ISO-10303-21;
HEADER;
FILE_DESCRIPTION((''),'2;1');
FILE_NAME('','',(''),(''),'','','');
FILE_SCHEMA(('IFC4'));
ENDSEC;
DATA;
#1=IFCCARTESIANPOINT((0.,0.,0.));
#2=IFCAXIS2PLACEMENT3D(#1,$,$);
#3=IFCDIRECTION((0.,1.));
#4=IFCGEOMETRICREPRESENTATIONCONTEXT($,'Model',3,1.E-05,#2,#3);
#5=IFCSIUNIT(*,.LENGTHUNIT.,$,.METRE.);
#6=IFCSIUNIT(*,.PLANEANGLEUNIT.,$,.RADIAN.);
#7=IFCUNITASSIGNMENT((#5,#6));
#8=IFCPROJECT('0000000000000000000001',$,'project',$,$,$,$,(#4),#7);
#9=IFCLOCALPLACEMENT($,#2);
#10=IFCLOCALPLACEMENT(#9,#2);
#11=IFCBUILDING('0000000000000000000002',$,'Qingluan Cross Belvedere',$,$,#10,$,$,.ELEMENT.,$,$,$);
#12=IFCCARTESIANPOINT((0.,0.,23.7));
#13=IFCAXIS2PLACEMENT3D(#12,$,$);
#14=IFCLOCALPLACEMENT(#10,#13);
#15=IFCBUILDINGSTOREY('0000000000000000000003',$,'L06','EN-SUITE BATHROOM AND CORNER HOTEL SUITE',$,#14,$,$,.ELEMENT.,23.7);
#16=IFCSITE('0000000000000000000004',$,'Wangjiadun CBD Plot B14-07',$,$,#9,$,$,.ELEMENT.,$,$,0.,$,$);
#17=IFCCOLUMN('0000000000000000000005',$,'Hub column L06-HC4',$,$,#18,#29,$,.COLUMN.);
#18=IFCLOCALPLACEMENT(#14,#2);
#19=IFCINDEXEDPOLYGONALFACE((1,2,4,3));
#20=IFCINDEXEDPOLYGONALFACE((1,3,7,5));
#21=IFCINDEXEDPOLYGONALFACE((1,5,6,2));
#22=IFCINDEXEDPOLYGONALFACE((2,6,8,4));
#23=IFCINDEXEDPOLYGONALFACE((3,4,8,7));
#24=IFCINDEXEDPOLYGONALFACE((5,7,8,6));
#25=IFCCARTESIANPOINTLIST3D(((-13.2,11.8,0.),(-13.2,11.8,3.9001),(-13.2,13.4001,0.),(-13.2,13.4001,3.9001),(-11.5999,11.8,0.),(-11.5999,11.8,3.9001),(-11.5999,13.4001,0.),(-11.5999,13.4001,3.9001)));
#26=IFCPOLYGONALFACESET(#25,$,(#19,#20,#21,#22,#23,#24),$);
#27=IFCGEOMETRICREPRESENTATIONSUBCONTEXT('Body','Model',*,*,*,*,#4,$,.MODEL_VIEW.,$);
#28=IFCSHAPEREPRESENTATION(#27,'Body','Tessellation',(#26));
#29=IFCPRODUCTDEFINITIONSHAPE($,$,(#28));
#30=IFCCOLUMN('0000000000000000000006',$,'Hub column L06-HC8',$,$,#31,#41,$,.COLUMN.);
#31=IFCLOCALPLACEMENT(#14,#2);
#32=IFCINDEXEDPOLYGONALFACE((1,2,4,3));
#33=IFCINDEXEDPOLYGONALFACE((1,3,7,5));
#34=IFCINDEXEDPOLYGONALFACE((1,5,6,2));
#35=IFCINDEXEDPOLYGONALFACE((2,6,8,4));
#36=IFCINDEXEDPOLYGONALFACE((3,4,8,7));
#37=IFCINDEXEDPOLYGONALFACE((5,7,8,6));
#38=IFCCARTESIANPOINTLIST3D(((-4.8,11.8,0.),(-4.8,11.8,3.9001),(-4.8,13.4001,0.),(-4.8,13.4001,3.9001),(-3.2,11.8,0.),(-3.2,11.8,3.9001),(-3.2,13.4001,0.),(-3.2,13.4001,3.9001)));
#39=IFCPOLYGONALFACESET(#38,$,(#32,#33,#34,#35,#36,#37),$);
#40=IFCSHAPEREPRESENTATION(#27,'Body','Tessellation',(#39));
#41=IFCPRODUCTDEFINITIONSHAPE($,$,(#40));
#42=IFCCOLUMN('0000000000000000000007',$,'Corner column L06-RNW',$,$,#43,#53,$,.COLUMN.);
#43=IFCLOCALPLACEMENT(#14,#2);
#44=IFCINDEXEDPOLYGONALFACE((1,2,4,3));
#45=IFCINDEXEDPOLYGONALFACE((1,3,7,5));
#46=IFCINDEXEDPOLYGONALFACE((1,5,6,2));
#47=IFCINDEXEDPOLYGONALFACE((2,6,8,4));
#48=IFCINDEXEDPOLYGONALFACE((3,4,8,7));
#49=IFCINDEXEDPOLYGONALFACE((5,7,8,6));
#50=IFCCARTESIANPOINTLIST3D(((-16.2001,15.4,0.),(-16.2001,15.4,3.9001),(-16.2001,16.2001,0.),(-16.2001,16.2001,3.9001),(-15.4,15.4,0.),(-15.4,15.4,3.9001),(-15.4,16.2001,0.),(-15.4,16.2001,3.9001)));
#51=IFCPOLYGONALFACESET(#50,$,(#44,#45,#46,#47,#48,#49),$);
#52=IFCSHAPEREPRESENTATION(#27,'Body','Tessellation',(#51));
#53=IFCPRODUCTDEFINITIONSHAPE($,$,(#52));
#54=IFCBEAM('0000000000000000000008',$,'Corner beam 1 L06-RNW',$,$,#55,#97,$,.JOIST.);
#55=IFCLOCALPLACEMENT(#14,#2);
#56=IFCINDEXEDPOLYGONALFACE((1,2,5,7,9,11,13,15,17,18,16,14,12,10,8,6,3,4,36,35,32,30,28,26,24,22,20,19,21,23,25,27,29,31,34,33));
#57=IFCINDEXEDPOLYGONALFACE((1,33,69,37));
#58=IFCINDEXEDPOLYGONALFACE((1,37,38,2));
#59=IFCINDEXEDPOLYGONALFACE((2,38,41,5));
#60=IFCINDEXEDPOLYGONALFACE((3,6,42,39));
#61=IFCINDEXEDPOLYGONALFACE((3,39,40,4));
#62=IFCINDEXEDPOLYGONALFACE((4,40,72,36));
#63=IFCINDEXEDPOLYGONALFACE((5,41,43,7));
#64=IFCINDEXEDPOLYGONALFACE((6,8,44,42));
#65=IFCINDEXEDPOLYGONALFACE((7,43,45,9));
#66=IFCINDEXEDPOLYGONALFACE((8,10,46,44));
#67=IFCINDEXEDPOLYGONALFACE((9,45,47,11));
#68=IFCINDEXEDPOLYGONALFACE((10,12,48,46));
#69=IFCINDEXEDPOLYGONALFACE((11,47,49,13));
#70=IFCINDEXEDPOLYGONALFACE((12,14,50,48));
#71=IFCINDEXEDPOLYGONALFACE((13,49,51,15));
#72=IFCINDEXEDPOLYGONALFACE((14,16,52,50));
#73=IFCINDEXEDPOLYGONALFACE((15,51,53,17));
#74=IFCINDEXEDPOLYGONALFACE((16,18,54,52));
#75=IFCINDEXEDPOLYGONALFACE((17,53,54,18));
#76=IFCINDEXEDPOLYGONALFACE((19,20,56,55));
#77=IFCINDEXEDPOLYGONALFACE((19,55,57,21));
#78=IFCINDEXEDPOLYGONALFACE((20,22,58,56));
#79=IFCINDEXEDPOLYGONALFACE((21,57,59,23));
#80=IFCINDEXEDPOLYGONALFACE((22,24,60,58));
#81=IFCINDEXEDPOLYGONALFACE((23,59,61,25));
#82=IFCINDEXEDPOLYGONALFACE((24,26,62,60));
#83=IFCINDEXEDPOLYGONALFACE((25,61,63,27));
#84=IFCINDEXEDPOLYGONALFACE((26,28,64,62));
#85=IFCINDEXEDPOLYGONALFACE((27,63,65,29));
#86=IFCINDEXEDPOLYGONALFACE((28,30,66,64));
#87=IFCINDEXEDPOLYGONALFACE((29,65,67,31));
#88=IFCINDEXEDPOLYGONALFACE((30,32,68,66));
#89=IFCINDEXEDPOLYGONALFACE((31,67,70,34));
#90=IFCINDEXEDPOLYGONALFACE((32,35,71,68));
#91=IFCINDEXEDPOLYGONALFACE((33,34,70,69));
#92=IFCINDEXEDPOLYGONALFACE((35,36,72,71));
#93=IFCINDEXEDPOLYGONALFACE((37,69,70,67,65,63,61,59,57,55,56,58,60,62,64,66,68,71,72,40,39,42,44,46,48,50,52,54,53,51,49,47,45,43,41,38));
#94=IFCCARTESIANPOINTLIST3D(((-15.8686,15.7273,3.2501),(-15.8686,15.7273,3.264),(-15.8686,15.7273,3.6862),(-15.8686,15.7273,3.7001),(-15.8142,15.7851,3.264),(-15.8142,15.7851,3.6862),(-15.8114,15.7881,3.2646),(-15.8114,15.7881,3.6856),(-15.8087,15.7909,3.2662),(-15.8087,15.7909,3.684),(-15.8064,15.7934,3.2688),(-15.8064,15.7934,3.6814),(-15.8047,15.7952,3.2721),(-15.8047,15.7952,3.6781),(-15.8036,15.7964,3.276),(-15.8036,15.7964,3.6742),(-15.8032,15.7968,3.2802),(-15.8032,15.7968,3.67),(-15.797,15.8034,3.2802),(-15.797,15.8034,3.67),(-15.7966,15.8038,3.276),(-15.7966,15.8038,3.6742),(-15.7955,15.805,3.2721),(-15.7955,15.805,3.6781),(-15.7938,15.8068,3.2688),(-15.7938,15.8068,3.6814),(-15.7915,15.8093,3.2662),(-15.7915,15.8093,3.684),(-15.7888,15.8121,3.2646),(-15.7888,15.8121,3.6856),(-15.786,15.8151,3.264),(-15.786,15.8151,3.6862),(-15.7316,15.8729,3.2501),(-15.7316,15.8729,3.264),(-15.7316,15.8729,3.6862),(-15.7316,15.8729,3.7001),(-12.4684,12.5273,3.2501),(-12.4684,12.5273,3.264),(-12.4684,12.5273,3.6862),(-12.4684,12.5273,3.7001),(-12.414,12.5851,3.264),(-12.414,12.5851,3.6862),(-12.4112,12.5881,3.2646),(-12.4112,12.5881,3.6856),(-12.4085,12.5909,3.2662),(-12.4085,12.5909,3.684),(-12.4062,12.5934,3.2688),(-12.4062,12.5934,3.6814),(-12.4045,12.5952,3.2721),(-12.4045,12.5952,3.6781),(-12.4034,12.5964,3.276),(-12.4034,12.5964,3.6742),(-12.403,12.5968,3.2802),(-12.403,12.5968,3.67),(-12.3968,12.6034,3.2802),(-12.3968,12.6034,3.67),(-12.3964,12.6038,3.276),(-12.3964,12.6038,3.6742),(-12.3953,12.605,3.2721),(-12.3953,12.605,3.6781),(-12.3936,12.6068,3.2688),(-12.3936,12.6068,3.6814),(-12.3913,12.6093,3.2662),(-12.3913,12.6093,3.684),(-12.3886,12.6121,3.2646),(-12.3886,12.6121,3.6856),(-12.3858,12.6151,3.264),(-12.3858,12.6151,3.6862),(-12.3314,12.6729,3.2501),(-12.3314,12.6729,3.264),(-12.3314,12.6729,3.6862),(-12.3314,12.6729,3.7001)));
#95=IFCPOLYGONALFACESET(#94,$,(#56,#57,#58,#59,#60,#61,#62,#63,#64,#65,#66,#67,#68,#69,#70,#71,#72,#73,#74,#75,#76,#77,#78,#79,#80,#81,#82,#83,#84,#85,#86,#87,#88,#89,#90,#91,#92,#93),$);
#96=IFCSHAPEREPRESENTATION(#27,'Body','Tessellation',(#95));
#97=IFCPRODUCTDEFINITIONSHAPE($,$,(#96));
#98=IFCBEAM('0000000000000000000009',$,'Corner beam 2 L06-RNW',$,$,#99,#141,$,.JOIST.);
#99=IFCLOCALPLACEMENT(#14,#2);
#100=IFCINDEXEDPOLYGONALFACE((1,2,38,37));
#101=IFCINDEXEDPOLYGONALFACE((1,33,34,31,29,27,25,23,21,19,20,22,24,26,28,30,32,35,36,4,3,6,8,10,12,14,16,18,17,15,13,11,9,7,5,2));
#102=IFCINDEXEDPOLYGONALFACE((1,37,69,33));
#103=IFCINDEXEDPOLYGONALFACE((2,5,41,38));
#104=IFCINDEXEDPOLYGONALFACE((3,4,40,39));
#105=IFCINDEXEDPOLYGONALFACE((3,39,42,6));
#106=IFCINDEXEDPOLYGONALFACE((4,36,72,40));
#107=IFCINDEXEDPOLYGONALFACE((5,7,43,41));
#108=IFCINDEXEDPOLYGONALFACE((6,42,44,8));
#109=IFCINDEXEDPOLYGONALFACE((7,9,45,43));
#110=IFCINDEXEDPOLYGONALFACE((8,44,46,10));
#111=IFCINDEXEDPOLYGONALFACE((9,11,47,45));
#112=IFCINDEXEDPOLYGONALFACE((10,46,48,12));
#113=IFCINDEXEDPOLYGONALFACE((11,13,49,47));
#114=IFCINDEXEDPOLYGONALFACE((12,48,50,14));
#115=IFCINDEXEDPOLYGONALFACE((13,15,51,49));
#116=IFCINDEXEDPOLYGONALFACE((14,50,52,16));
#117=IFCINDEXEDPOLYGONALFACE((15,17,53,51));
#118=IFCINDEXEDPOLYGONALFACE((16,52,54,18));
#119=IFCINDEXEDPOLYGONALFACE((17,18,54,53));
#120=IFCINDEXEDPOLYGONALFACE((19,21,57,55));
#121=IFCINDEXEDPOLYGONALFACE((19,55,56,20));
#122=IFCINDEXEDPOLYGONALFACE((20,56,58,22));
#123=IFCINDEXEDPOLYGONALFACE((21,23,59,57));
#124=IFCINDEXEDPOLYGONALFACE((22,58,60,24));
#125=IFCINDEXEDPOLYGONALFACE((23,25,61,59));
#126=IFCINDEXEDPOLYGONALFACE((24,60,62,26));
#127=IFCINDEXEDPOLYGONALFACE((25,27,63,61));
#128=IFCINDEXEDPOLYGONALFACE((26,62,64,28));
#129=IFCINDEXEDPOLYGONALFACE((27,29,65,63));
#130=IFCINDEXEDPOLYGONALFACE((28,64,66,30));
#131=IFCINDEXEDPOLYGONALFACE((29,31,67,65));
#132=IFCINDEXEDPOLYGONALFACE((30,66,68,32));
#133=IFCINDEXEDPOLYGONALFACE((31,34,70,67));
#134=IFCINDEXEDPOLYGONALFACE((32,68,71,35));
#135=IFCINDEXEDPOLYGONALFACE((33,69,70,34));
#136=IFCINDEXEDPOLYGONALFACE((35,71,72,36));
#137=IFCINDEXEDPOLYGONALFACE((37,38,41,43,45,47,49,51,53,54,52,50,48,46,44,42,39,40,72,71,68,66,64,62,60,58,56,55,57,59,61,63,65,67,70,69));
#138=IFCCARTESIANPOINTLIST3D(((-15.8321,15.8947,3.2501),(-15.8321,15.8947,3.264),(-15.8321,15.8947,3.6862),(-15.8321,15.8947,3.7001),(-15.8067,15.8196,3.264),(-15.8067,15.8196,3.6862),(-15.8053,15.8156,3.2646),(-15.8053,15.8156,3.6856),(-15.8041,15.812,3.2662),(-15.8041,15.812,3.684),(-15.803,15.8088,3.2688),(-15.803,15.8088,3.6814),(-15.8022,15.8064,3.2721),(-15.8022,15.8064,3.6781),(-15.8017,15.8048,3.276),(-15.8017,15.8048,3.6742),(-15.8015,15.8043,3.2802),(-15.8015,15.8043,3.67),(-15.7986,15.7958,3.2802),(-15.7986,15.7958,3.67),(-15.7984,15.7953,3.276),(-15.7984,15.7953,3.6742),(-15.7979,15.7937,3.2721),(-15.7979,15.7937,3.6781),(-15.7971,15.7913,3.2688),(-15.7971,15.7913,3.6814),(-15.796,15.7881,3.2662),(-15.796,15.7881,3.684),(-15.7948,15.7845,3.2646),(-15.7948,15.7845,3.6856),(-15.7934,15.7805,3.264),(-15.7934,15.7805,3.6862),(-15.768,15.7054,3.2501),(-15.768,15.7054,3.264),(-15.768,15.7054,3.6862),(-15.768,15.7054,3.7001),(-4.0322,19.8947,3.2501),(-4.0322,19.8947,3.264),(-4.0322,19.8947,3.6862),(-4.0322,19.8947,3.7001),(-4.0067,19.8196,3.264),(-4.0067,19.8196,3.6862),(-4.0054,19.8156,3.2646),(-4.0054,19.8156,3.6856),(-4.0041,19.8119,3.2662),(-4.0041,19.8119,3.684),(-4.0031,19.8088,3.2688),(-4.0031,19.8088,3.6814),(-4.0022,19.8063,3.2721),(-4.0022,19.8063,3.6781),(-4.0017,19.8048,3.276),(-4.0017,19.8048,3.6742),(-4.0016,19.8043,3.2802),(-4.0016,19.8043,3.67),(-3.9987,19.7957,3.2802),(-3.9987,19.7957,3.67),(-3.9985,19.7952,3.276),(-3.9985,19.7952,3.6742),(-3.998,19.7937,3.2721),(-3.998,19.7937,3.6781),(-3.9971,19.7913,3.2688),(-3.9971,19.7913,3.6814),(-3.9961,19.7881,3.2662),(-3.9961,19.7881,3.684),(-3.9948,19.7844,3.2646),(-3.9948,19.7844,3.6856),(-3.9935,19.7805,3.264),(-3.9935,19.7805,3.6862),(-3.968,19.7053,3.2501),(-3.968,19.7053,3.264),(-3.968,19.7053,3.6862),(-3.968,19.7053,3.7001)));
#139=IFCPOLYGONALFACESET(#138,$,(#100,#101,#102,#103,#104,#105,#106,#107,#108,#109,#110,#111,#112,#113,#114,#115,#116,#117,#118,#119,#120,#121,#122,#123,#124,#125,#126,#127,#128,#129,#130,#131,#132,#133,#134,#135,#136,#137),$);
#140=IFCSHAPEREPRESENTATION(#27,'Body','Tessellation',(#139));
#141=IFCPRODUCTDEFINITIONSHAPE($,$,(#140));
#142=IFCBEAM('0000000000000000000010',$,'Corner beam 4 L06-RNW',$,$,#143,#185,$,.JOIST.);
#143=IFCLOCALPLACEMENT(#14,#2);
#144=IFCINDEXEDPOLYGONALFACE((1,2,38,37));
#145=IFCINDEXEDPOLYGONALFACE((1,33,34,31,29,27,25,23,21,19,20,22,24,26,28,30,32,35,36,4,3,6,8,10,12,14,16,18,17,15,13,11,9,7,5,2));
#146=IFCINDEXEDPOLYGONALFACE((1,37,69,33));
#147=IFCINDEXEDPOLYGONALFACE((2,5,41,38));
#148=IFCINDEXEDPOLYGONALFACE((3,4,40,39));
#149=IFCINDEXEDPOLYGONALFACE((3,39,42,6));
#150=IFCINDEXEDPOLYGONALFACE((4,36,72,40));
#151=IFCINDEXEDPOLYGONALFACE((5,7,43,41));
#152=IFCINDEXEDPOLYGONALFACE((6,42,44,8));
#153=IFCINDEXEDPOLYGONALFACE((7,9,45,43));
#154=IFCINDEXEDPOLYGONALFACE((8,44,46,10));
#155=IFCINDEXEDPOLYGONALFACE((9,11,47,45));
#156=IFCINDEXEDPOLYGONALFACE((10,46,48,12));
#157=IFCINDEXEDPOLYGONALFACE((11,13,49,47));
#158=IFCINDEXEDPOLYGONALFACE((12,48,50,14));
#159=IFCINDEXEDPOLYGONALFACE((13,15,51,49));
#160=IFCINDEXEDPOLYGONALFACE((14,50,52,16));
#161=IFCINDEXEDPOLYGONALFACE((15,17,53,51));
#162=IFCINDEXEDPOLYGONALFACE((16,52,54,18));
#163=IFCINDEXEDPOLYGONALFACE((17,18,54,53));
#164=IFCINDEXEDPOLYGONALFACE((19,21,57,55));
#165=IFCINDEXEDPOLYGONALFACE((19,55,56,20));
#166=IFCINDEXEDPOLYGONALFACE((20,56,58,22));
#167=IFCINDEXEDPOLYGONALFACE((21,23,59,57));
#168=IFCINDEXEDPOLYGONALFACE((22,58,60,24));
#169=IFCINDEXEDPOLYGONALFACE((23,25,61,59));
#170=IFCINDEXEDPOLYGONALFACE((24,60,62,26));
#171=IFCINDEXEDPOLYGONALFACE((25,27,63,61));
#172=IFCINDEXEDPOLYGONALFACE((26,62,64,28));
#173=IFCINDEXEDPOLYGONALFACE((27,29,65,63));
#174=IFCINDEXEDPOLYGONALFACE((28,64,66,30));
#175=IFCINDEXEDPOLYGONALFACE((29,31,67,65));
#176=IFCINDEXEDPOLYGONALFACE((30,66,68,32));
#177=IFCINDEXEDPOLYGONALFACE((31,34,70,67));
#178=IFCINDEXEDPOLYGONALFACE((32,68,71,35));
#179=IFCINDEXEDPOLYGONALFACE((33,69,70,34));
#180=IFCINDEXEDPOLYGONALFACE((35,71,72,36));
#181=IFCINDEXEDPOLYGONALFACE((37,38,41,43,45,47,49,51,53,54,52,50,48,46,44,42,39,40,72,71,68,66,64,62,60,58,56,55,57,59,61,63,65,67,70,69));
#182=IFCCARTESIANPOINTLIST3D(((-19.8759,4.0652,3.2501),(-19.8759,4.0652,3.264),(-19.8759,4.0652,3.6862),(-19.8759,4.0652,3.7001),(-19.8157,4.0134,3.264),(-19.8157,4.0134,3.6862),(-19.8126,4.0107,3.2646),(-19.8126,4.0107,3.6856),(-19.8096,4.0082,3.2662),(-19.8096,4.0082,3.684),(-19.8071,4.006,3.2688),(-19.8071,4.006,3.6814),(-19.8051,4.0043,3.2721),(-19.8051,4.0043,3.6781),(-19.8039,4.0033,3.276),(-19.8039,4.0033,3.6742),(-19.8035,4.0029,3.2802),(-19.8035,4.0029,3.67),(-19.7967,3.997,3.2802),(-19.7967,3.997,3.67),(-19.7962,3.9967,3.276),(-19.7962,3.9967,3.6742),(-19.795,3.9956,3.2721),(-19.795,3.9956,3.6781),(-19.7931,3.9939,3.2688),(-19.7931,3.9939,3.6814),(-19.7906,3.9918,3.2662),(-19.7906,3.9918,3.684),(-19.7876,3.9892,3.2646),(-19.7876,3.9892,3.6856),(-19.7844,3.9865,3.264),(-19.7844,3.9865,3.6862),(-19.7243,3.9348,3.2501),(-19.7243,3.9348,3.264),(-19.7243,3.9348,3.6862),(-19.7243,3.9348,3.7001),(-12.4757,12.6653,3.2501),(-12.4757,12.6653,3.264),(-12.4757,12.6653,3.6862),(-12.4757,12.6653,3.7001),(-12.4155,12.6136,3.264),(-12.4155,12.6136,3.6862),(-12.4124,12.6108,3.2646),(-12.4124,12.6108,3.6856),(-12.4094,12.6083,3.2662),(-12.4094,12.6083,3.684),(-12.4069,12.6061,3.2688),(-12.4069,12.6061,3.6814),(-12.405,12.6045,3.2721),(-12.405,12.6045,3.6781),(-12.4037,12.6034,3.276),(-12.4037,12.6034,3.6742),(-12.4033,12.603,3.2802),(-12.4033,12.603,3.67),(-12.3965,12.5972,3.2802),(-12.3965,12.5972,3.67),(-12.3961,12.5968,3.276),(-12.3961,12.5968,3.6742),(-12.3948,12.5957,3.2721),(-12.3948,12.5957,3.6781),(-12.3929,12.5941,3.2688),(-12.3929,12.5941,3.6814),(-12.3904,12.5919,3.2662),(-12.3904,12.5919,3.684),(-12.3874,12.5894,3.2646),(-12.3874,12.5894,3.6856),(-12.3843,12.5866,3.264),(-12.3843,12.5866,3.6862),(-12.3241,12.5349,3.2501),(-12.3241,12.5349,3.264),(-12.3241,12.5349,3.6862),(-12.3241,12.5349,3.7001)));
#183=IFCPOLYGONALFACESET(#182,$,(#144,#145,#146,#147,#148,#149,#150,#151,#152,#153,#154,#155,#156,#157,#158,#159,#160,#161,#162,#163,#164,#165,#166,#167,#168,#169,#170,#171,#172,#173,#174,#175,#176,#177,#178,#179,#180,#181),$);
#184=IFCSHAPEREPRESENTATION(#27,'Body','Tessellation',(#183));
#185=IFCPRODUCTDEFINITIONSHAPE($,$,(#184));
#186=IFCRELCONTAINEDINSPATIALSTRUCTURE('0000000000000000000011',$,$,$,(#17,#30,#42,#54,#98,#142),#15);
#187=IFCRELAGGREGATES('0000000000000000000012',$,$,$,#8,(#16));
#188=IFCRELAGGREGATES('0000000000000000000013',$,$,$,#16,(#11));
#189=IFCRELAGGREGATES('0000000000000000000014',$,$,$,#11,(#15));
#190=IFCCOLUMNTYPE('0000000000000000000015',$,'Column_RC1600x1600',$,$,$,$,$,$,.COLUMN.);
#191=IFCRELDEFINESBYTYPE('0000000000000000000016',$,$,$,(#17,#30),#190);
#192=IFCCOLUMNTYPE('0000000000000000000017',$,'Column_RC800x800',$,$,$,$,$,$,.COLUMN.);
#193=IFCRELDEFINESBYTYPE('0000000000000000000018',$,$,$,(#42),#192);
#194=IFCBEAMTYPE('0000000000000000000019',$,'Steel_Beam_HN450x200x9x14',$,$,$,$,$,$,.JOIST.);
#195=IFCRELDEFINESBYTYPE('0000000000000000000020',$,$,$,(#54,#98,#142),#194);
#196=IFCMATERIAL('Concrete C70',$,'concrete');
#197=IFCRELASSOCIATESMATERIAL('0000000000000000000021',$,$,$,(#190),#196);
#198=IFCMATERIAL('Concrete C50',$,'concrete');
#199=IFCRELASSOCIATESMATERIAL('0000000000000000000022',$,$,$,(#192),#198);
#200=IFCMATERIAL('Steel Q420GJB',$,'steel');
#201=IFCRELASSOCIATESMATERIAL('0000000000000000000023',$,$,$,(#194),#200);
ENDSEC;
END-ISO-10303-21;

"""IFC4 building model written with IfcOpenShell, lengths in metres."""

from ifc_helpers import new_model, si_unit, direction, frame, origin, origin_2d, place, context, subcontext, project, spatial, rectangle, i_section, extrude, material, material_profile, profile_set, type_object, element, save


model = new_model("IFC4")

# Units and contexts
model_context = context("Model", 3, precision=1e-05, world=origin(), true_north=direction((0.0, 1.0)))
body_context = subcontext(model_context, "Body", "Model", "MODEL_VIEW")
ifc_project = project(units=[si_unit("LENGTHUNIT", "METRE"), si_unit("PLANEANGLEUNIT", "RADIAN")], contexts=[model_context])

# Site, building, storey
site_placement = place(None, origin())
site = spatial("IfcSite", under=ifc_project, at=site_placement, Name="Wangjiadun CBD Plot B14-07", CompositionType="ELEMENT", RefElevation=0.0)
building_placement = place(site_placement, origin())
building = spatial("IfcBuilding", under=site, at=building_placement, Name="Qingluan Cross Belvedere", CompositionType="ELEMENT")
storey_placement = place(building_placement, frame((0.0, 0.0, 23.7)))
storey = spatial("IfcBuildingStorey", under=building, at=storey_placement, Name="L06", Description="EN-SUITE BATHROOM AND CORNER HOTEL SUITE", CompositionType="ELEMENT", Elevation=23.7)

# Columns
ifc_material_1 = material(Name="Concrete C70", Category="concrete")
ifc_material_profile_1 = material_profile(ifc_material_1, rectangle(XDim=1.6001, YDim=1.6001, at=origin_2d()), Name="RC1600x1600")
ifc_profile_set_1 = profile_set([ifc_material_profile_1], Name="Concrete C70")
column_type_1 = type_object("IfcColumnType", Name="Column_RC1600x1600", PredefinedType="COLUMN", material=ifc_profile_set_1)
for number, where, z_axis, x_axis, name in (
    (1, (-12.3999, 12.6001, 0.0), (0.0, 0.0, 1.0), (1.0, 0.0, 0.0), "Hub column L06-HC4"),
    (2, (-4.0, 12.6001, 0.0), (0.0, 0.0, 1.0), (1.0, 0.0, 0.0), "Hub column L06-HC8"),
):
    element("IfcColumn", number, at=place(storey_placement, frame(where, z_axis=z_axis, x_axis=x_axis)), inside=storey, type_object=column_type_1, Name=name, PredefinedType="COLUMN", context=body_context, shape_type="SweptSolid", body=[
        extrude(rectangle(XDim=1.6001, YDim=1.6001, at=origin_2d()), origin(), (0.0, 0.0, 1.0), 3.9001),
    ])
ifc_material_2 = material(Name="Concrete C50", Category="concrete")
ifc_material_profile_2 = material_profile(ifc_material_2, rectangle(XDim=0.8, YDim=0.8, at=origin_2d()), Name="RC800x800")
ifc_profile_set_2 = profile_set([ifc_material_profile_2], Name="Concrete C50")
column_type_2 = type_object("IfcColumnType", Name="Column_RC800x800", PredefinedType="COLUMN", material=ifc_profile_set_2)
column_placement = place(storey_placement, frame((-15.8, 15.8, 0.0), z_axis=(0.0, 0.0, 1.0), x_axis=(1.0, 0.0, 0.0)))
element("IfcColumn", 3, at=column_placement, inside=storey, type_object=column_type_2, Name="Corner column L06-RNW", PredefinedType="COLUMN", context=body_context, shape_type="SweptSolid", body=[
    extrude(rectangle(XDim=0.8, YDim=0.8, at=origin_2d()), origin(), (0.0, 0.0, 1.0), 3.9001),
])

# Beams
ifc_material_3 = material(Name="Steel Q420GJB", Category="steel")
ifc_material_profile_3 = material_profile(ifc_material_3, i_section(OverallWidth=0.2, OverallDepth=0.45, WebThickness=0.009, FlangeThickness=0.0139, FilletRadius=0.0161, at=origin_2d()), Name="HN450x200x9x14")
ifc_profile_set_3 = profile_set([ifc_material_profile_3], Name="Steel Q420GJB")
beam_type_1 = type_object("IfcBeamType", Name="Steel_Beam_HN450x200x9x14", PredefinedType="JOIST", material=ifc_profile_set_3)
beam_1_placement = place(storey_placement, frame((-12.3999, 12.6001, 3.4751), z_axis=(-0.72822, 0.685343, 0.0), x_axis=(-0.685343, -0.72822, 0.0)))
element("IfcBeam", 4, at=beam_1_placement, inside=storey, type_object=beam_type_1, Name="Corner beam 1 L06-RNW", PredefinedType="JOIST", context=body_context, shape_type="SweptSolid", body=[
    extrude(i_section(OverallWidth=0.2, OverallDepth=0.45, WebThickness=0.009, FlangeThickness=0.0139, FilletRadius=0.0161, at=origin_2d()), origin(), (0.0, 0.0, 1.0), 4.6692),
])
beam_2_placement = place(storey_placement, frame((-15.8, 15.8, 3.4751), z_axis=(0.947066, 0.321038, 0.0), x_axis=(-0.321038, 0.947066, 0.0)))
element("IfcBeam", 5, at=beam_2_placement, inside=storey, type_object=beam_type_1, Name="Corner beam 2 L06-RNW", PredefinedType="JOIST", context=body_context, shape_type="SweptSolid", body=[
    extrude(i_section(OverallWidth=0.2, OverallDepth=0.45, WebThickness=0.009, FlangeThickness=0.0139, FilletRadius=0.0161, at=origin_2d()), origin(), (0.0, 0.0, 1.0), 12.4595),
])
beam_3_placement = place(storey_placement, frame((-12.3999, 12.6001, 3.4751), z_axis=(-0.652245, -0.758008, 0.0), x_axis=(0.758008, -0.652245, 0.0)))
element("IfcBeam", 6, at=beam_3_placement, inside=storey, type_object=beam_type_1, Name="Corner beam 4 L06-RNW", PredefinedType="JOIST", context=body_context, shape_type="SweptSolid", body=[
    extrude(i_section(OverallWidth=0.2, OverallDepth=0.45, WebThickness=0.009, FlangeThickness=0.0139, FilletRadius=0.0161, at=origin_2d()), origin(), (0.0, 0.0, 1.0), 11.3457),
])

save(model, "model.ifc")
